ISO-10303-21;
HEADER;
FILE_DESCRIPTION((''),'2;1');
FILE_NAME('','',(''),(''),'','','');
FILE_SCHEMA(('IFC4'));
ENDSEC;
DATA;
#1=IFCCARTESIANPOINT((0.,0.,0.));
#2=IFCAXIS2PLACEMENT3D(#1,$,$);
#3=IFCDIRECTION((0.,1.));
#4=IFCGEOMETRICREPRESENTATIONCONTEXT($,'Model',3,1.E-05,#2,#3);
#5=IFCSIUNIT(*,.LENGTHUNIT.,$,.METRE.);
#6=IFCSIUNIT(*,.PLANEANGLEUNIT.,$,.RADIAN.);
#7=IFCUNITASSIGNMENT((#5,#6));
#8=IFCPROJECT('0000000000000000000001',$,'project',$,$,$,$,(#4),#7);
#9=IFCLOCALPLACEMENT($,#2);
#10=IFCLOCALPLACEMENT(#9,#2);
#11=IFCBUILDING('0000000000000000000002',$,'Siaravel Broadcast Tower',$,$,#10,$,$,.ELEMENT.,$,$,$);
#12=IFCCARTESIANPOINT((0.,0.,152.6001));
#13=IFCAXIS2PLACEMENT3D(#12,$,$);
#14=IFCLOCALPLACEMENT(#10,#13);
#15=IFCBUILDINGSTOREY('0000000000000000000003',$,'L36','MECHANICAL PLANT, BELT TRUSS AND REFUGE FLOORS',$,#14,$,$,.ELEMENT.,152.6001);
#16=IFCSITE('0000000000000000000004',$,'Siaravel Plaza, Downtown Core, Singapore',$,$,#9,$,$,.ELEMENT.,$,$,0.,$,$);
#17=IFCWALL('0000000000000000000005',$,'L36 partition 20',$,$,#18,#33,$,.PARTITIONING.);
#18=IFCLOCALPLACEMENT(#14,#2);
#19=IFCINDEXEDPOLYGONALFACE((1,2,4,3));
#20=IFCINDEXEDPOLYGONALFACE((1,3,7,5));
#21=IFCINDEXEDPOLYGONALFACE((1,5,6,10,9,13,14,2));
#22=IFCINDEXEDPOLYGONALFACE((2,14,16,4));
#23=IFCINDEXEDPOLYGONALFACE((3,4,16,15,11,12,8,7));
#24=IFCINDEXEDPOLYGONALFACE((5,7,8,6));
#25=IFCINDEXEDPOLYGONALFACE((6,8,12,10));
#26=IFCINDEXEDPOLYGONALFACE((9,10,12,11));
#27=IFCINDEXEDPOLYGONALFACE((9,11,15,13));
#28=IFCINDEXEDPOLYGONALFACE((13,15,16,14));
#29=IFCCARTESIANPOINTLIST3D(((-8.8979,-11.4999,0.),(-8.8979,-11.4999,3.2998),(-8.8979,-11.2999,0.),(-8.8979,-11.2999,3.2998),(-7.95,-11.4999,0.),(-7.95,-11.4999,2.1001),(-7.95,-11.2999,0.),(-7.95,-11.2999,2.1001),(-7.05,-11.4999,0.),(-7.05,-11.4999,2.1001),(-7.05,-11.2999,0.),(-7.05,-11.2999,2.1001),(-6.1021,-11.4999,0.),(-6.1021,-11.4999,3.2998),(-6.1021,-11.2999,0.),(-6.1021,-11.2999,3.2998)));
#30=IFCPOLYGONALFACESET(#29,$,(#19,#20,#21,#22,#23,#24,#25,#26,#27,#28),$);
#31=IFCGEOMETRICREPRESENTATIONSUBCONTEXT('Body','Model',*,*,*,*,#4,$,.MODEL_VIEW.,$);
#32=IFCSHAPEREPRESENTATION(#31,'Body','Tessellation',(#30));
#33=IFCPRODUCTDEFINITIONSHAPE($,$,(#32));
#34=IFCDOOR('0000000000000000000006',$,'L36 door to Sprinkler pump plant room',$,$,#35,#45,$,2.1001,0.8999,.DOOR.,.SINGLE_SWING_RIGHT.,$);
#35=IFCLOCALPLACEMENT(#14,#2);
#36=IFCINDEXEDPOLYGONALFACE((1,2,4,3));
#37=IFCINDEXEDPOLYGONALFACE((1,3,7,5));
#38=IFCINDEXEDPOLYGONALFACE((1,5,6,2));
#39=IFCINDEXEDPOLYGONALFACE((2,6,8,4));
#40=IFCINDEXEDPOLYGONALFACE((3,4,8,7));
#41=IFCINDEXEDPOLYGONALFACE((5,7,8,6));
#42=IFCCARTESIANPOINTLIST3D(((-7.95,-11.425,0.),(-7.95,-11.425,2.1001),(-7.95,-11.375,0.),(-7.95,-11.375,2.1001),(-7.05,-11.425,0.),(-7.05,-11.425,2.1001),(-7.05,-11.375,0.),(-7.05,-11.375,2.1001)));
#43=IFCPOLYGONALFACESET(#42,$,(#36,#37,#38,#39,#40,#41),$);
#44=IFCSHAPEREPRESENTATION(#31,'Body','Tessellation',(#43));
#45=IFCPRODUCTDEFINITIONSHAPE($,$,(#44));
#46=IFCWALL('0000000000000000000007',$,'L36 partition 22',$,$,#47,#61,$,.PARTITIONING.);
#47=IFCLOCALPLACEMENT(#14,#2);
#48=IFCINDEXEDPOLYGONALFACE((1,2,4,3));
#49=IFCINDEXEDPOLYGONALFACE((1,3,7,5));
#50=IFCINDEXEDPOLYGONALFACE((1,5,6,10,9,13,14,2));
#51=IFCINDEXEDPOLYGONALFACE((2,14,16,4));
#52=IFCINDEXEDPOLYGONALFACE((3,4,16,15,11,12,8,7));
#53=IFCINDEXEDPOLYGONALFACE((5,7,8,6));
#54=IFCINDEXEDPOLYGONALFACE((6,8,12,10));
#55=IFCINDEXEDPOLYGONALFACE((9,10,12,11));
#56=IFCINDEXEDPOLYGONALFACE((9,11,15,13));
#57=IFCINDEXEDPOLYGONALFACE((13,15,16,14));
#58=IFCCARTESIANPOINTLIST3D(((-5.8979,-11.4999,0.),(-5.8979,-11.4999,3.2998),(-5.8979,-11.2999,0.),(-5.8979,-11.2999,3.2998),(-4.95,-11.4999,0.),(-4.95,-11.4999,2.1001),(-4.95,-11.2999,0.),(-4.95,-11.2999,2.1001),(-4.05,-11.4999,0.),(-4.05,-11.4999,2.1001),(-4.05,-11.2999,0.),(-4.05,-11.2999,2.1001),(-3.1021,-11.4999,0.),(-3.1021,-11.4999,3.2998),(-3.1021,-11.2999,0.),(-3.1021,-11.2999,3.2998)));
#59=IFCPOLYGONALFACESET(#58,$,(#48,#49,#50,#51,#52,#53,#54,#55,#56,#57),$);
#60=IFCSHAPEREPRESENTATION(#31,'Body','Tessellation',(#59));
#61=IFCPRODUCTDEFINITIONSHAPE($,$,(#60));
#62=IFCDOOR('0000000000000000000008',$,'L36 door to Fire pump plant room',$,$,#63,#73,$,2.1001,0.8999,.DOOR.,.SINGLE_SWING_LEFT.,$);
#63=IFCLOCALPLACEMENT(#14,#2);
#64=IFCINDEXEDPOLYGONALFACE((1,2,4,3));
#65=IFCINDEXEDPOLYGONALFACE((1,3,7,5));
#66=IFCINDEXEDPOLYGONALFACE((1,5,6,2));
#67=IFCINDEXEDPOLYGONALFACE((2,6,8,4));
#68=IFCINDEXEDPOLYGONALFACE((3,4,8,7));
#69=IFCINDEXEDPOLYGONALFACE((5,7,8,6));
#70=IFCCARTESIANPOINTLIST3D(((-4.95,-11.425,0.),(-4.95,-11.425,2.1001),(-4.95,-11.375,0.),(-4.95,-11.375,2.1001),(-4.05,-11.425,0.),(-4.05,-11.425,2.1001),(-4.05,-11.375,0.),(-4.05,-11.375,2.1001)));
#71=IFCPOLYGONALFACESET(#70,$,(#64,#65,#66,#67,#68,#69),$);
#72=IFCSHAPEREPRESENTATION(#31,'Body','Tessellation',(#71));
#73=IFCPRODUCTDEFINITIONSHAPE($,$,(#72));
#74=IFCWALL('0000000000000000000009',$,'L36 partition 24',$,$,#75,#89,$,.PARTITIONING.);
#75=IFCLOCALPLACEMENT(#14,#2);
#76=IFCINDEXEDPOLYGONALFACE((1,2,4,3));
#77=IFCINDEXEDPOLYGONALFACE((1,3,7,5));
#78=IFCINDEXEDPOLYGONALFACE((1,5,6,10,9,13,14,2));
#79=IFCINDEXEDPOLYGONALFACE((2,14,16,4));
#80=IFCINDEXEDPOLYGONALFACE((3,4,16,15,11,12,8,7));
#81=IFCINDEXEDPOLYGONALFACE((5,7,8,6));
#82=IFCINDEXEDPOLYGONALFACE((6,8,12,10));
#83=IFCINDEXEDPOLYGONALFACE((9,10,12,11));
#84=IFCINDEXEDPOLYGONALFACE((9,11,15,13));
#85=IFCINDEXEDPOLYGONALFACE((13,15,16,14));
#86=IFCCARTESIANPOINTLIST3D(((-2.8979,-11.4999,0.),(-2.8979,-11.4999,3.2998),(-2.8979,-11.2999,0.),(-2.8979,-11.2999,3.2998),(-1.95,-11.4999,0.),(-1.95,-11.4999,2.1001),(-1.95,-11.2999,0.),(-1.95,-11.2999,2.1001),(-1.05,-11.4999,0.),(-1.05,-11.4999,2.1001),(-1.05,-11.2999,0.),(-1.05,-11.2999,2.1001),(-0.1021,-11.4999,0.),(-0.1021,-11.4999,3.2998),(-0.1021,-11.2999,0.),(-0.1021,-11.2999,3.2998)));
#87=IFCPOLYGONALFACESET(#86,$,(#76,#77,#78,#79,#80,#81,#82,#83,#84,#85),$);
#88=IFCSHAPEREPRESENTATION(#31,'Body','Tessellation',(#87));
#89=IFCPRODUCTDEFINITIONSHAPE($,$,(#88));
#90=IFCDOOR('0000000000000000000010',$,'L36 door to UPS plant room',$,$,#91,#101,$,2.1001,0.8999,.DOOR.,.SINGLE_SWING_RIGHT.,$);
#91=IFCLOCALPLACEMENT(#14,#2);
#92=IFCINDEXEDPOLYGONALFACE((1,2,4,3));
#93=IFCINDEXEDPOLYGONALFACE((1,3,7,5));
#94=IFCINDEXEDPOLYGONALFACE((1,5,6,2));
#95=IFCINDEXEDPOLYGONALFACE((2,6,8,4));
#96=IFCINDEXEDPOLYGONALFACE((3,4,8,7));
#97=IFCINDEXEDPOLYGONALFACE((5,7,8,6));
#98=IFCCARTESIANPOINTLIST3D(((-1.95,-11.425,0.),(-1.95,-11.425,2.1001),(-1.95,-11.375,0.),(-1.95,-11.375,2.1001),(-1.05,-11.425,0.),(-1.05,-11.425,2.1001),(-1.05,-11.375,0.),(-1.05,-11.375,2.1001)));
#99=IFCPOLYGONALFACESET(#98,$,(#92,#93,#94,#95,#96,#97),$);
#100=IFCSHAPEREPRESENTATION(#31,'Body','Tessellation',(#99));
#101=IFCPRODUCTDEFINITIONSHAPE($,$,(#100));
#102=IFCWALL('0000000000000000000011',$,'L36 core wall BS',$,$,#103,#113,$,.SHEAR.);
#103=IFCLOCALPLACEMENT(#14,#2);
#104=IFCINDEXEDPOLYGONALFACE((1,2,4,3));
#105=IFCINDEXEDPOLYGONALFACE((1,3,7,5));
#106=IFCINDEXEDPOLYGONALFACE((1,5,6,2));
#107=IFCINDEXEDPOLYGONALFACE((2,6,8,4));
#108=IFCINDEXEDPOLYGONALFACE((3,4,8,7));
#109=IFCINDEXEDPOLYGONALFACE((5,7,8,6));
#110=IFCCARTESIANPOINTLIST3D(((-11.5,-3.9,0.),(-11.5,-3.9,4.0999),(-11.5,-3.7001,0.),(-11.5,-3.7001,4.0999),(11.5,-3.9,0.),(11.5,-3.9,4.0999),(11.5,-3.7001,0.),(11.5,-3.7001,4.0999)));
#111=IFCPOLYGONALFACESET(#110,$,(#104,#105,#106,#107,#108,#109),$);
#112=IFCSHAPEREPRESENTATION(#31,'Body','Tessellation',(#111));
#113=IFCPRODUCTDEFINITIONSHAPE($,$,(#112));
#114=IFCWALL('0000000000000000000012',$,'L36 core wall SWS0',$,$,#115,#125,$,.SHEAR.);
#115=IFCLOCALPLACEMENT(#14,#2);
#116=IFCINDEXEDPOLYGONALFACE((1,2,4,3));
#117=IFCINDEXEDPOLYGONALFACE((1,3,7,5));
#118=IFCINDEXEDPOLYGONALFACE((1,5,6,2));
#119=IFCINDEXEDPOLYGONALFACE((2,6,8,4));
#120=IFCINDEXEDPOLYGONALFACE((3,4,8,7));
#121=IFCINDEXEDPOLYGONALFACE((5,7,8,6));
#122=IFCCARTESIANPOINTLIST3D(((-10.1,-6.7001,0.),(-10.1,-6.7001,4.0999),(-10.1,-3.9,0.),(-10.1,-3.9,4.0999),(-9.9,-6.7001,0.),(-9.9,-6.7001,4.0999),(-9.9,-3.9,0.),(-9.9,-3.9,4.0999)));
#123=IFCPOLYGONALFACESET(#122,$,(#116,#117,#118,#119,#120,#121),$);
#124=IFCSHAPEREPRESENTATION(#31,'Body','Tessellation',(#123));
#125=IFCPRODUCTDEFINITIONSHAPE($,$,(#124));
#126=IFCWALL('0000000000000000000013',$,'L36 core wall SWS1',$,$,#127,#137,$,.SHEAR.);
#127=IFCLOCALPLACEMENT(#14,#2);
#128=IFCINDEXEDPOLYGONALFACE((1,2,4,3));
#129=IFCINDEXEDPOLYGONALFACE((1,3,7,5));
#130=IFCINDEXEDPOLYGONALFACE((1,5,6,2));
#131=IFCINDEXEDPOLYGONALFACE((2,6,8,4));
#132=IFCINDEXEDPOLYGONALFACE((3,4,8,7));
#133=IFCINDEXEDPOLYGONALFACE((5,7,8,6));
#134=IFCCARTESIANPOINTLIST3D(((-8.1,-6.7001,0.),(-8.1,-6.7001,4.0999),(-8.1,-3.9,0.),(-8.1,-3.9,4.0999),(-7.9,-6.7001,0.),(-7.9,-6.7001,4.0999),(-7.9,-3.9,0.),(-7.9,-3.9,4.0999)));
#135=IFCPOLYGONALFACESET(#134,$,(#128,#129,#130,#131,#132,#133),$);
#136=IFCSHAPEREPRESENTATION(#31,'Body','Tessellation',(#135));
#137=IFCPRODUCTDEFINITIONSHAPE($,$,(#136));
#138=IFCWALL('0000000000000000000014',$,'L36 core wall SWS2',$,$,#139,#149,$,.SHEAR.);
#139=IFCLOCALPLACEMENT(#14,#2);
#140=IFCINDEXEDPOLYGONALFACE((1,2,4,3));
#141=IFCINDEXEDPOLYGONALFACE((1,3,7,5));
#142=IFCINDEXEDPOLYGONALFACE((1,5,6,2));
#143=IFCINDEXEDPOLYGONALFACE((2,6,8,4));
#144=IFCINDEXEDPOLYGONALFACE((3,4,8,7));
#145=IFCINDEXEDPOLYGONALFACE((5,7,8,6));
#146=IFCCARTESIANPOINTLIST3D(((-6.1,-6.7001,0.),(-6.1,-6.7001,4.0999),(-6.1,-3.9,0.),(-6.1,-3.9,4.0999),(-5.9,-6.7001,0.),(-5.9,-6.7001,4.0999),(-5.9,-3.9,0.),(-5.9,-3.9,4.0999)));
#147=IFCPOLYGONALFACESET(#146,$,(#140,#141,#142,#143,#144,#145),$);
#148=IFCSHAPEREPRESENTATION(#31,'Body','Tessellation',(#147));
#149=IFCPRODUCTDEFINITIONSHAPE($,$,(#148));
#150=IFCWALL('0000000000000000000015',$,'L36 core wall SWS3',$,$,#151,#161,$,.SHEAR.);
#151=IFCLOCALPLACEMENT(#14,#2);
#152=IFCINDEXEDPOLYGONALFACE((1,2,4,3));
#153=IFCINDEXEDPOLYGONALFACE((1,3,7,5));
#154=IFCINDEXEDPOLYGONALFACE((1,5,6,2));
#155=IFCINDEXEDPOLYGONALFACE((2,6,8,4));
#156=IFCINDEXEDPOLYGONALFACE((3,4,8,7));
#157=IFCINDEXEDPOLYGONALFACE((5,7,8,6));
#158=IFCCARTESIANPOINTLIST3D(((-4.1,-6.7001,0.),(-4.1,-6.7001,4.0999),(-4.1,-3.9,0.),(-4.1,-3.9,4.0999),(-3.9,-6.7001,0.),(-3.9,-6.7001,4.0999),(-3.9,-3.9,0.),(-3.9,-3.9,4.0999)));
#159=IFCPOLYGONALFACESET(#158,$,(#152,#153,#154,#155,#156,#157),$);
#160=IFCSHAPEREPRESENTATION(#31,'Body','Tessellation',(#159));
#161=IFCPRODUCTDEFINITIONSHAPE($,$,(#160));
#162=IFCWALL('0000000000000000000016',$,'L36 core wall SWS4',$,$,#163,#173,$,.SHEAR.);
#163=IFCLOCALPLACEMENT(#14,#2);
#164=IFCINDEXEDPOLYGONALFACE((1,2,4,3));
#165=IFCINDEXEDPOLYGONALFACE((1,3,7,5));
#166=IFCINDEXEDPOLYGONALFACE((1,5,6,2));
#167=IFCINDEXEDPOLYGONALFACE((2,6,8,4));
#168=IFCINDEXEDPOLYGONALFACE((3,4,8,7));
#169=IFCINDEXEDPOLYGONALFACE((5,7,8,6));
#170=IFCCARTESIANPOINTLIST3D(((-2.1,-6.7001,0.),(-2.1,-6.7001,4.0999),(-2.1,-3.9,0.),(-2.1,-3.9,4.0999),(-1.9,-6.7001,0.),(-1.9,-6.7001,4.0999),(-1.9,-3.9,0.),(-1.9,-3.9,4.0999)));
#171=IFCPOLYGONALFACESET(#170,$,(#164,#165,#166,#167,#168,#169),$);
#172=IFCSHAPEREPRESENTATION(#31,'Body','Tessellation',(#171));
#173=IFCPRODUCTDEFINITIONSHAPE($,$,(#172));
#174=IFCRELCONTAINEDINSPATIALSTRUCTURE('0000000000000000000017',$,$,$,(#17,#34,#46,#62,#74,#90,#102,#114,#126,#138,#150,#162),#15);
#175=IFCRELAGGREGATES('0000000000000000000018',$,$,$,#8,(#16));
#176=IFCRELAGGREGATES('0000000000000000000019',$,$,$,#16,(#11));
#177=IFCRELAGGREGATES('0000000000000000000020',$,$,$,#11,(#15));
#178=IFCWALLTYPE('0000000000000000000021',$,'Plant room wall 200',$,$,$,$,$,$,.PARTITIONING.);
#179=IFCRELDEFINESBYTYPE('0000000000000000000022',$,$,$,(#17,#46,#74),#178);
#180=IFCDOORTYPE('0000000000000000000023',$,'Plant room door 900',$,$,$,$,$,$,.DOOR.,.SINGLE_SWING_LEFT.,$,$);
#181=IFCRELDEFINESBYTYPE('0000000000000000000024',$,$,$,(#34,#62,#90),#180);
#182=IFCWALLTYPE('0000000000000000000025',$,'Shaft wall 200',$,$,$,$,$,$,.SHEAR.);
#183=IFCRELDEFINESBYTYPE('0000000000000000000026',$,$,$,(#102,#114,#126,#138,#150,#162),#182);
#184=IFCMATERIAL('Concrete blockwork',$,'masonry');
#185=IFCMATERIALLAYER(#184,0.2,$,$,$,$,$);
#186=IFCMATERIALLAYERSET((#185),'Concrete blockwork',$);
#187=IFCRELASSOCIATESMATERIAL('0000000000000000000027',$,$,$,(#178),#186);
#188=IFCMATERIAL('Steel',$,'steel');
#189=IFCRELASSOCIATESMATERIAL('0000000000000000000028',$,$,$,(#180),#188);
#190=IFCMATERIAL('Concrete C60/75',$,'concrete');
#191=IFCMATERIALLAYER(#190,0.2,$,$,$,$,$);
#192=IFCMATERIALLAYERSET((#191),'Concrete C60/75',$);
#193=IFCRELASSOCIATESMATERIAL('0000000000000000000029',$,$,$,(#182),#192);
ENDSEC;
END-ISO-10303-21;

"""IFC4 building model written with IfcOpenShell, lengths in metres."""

from ifc_helpers import new_model, si_unit, direction, frame, frame_2d, origin, place, context, subcontext, project, spatial, rectangle, extrude, material, layer, layer_set, type_object, element, fill, save


model = new_model("IFC4")

# Units and contexts
model_context = context("Model", 3, precision=1e-05, world=origin(), true_north=direction((0.0, 1.0)))
body_context = subcontext(model_context, "Body", "Model", "MODEL_VIEW")
ifc_project = project(units=[si_unit("LENGTHUNIT", "METRE"), si_unit("PLANEANGLEUNIT", "RADIAN")], contexts=[model_context])

# Site, building, storey
site_placement = place(None, origin())
site = spatial("IfcSite", under=ifc_project, at=site_placement, Name="Siaravel Plaza, Downtown Core, Singapore", CompositionType="ELEMENT", RefElevation=0.0)
building_placement = place(site_placement, origin())
building = spatial("IfcBuilding", under=site, at=building_placement, Name="Siaravel Broadcast Tower", CompositionType="ELEMENT")
storey_placement = place(building_placement, frame((0.0, 0.0, 152.6001)))
storey = spatial("IfcBuildingStorey", under=building, at=storey_placement, Name="L36", Description="MECHANICAL PLANT, BELT TRUSS AND REFUGE FLOORS", CompositionType="ELEMENT", Elevation=152.6001)

# Shared definitions
ifc_material_1 = material(Name="Concrete C60/75", Category="concrete")
ifc_material_2 = material(Name="Steel", Category="steel")

# Walls, openings, doors
ifc_material_3 = material(Name="Concrete blockwork", Category="masonry")
ifc_layer_1 = layer(ifc_material_3, 0.2)
ifc_layer_set_1 = layer_set([ifc_layer_1], Name="Concrete blockwork")
wall_type_1 = type_object("IfcWallType", Name="Plant room wall 200", PredefinedType="PARTITIONING", material=ifc_layer_set_1)
wall_1_placement = place(storey_placement, frame((-8.8979, -11.3999, 0.0), z_axis=(0.0, 0.0, 1.0), x_axis=(1.0, 0.0, 0.0)))
wall_1 = element("IfcWall", 1, at=wall_1_placement, inside=storey, type_object=wall_type_1, Name="L36 partition 20", PredefinedType="PARTITIONING", context=body_context, shape_type="SweptSolid", body=[
    extrude(rectangle(XDim=2.7959, YDim=0.2, at=frame_2d((1.3979, 0.0))), origin(), (0.0, 0.0, 1.0), 3.2998),
])
opening_1_placement = place(wall_1_placement, frame((0.948, 0.0, 0.0)))
opening_1 = element("IfcOpeningElement", 2, at=opening_1_placement, cuts=wall_1, PredefinedType="OPENING", context=body_context, shape_type="SweptSolid", body=[
    extrude(rectangle(XDim=0.8999, YDim=2.1001, at=frame_2d((0.45, 1.05))), frame((0.0, 0.1099, 0.0), z_axis=(0.0, -1.0, 0.0), x_axis=(1.0, 0.0, 0.0)), (0.0, 0.0, 1.0), 0.22),
])
door_type_1 = type_object("IfcDoorType", Name="Plant room door 900", OperationType="SINGLE_SWING_LEFT", PredefinedType="DOOR", material=ifc_material_2)
door_1_placement = place(opening_1_placement, origin())
door_1 = element("IfcDoor", 3, at=door_1_placement, inside=storey, type_object=door_type_1, Name="L36 door to Sprinkler pump plant room", OperationType="SINGLE_SWING_RIGHT", OverallHeight=2.1001, OverallWidth=0.8999, PredefinedType="DOOR", context=body_context, shape_type="SweptSolid", body=[
    extrude(rectangle(XDim=0.8999, YDim=2.1001, at=frame_2d((0.45, 1.05))), frame((0.0, 0.0249, 0.0), z_axis=(0.0, -1.0, 0.0), x_axis=(1.0, 0.0, 0.0)), (0.0, 0.0, 1.0), 0.05),
])
fill(opening_1, door_1)
wall_2_placement = place(storey_placement, frame((-5.8979, -11.3999, 0.0), z_axis=(0.0, 0.0, 1.0), x_axis=(1.0, 0.0, 0.0)))
wall_2 = element("IfcWall", 4, at=wall_2_placement, inside=storey, type_object=wall_type_1, Name="L36 partition 22", PredefinedType="PARTITIONING", context=body_context, shape_type="SweptSolid", body=[
    extrude(rectangle(XDim=2.7959, YDim=0.2, at=frame_2d((1.3979, 0.0))), origin(), (0.0, 0.0, 1.0), 3.2998),
])
opening_2_placement = place(wall_2_placement, frame((0.948, 0.0, 0.0)))
opening_2 = element("IfcOpeningElement", 5, at=opening_2_placement, cuts=wall_2, PredefinedType="OPENING", context=body_context, shape_type="SweptSolid", body=[
    extrude(rectangle(XDim=0.8999, YDim=2.1001, at=frame_2d((0.45, 1.05))), frame((0.0, 0.1099, 0.0), z_axis=(0.0, -1.0, 0.0), x_axis=(1.0, 0.0, 0.0)), (0.0, 0.0, 1.0), 0.22),
])
door_2_placement = place(opening_2_placement, origin())
door_2 = element("IfcDoor", 6, at=door_2_placement, inside=storey, type_object=door_type_1, Name="L36 door to Fire pump plant room", OperationType="SINGLE_SWING_LEFT", OverallHeight=2.1001, OverallWidth=0.8999, PredefinedType="DOOR", context=body_context, shape_type="SweptSolid", body=[
    extrude(rectangle(XDim=0.8999, YDim=2.1001, at=frame_2d((0.45, 1.05))), frame((0.0, 0.0249, 0.0), z_axis=(0.0, -1.0, 0.0), x_axis=(1.0, 0.0, 0.0)), (0.0, 0.0, 1.0), 0.05),
])
fill(opening_2, door_2)
wall_3_placement = place(storey_placement, frame((-2.8979, -11.3999, 0.0), z_axis=(0.0, 0.0, 1.0), x_axis=(1.0, 0.0, 0.0)))
wall_3 = element("IfcWall", 7, at=wall_3_placement, inside=storey, type_object=wall_type_1, Name="L36 partition 24", PredefinedType="PARTITIONING", context=body_context, shape_type="SweptSolid", body=[
    extrude(rectangle(XDim=2.7959, YDim=0.2, at=frame_2d((1.3979, 0.0))), origin(), (0.0, 0.0, 1.0), 3.2998),
])
opening_3_placement = place(wall_3_placement, frame((0.948, 0.0, 0.0)))
opening_3 = element("IfcOpeningElement", 8, at=opening_3_placement, cuts=wall_3, PredefinedType="OPENING", context=body_context, shape_type="SweptSolid", body=[
    extrude(rectangle(XDim=0.8999, YDim=2.1001, at=frame_2d((0.45, 1.05))), frame((0.0, 0.1099, 0.0), z_axis=(0.0, -1.0, 0.0), x_axis=(1.0, 0.0, 0.0)), (0.0, 0.0, 1.0), 0.22),
])
door_3_placement = place(opening_3_placement, origin())
door_3 = element("IfcDoor", 9, at=door_3_placement, inside=storey, type_object=door_type_1, Name="L36 door to UPS plant room", OperationType="SINGLE_SWING_RIGHT", OverallHeight=2.1001, OverallWidth=0.8999, PredefinedType="DOOR", context=body_context, shape_type="SweptSolid", body=[
    extrude(rectangle(XDim=0.8999, YDim=2.1001, at=frame_2d((0.45, 1.05))), frame((0.0, 0.0249, 0.0), z_axis=(0.0, -1.0, 0.0), x_axis=(1.0, 0.0, 0.0)), (0.0, 0.0, 1.0), 0.05),
])
fill(opening_3, door_3)

# Walls
ifc_layer_2 = layer(ifc_material_1, 0.2)
ifc_layer_set_2 = layer_set([ifc_layer_2], Name="Concrete C60/75")
wall_type_2 = type_object("IfcWallType", Name="Shaft wall 200", PredefinedType="SHEAR", material=ifc_layer_set_2)
wall_4_placement = place(storey_placement, frame((-11.5, -3.8, 0.0), z_axis=(0.0, 0.0, 1.0), x_axis=(1.0, 0.0, 0.0)))
element("IfcWall", 10, at=wall_4_placement, inside=storey, type_object=wall_type_2, Name="L36 core wall BS", PredefinedType="SHEAR", context=body_context, shape_type="SweptSolid", body=[
    extrude(rectangle(XDim=23.0, YDim=0.2, at=frame_2d((11.5, 0.0))), origin(), (0.0, 0.0, 1.0), 4.0999),
])
for number, where, z_axis, x_axis, name in (
    (11, (-10.0, -6.7, 0.0), (0.0, 0.0, 1.0), (0.0, 1.0, 0.0), "L36 core wall SWS0"),
    (12, (-8.0, -6.7, 0.0), (0.0, 0.0, 1.0), (0.0, 1.0, 0.0), "L36 core wall SWS1"),
    (13, (-6.0, -6.7, 0.0), (0.0, 0.0, 1.0), (0.0, 1.0, 0.0), "L36 core wall SWS2"),
    (14, (-4.0, -6.7, 0.0), (0.0, 0.0, 1.0), (0.0, 1.0, 0.0), "L36 core wall SWS3"),
    (15, (-2.0, -6.7, 0.0), (0.0, 0.0, 1.0), (0.0, 1.0, 0.0), "L36 core wall SWS4"),
):
    element("IfcWall", number, at=place(storey_placement, frame(where, z_axis=z_axis, x_axis=x_axis)), inside=storey, type_object=wall_type_2, Name=name, PredefinedType="SHEAR", context=body_context, shape_type="SweptSolid", body=[
        extrude(rectangle(XDim=2.8, YDim=0.2, at=frame_2d((1.3999, 0.0))), origin(), (0.0, 0.0, 1.0), 4.0999),
    ])

save(model, "model.ifc")
